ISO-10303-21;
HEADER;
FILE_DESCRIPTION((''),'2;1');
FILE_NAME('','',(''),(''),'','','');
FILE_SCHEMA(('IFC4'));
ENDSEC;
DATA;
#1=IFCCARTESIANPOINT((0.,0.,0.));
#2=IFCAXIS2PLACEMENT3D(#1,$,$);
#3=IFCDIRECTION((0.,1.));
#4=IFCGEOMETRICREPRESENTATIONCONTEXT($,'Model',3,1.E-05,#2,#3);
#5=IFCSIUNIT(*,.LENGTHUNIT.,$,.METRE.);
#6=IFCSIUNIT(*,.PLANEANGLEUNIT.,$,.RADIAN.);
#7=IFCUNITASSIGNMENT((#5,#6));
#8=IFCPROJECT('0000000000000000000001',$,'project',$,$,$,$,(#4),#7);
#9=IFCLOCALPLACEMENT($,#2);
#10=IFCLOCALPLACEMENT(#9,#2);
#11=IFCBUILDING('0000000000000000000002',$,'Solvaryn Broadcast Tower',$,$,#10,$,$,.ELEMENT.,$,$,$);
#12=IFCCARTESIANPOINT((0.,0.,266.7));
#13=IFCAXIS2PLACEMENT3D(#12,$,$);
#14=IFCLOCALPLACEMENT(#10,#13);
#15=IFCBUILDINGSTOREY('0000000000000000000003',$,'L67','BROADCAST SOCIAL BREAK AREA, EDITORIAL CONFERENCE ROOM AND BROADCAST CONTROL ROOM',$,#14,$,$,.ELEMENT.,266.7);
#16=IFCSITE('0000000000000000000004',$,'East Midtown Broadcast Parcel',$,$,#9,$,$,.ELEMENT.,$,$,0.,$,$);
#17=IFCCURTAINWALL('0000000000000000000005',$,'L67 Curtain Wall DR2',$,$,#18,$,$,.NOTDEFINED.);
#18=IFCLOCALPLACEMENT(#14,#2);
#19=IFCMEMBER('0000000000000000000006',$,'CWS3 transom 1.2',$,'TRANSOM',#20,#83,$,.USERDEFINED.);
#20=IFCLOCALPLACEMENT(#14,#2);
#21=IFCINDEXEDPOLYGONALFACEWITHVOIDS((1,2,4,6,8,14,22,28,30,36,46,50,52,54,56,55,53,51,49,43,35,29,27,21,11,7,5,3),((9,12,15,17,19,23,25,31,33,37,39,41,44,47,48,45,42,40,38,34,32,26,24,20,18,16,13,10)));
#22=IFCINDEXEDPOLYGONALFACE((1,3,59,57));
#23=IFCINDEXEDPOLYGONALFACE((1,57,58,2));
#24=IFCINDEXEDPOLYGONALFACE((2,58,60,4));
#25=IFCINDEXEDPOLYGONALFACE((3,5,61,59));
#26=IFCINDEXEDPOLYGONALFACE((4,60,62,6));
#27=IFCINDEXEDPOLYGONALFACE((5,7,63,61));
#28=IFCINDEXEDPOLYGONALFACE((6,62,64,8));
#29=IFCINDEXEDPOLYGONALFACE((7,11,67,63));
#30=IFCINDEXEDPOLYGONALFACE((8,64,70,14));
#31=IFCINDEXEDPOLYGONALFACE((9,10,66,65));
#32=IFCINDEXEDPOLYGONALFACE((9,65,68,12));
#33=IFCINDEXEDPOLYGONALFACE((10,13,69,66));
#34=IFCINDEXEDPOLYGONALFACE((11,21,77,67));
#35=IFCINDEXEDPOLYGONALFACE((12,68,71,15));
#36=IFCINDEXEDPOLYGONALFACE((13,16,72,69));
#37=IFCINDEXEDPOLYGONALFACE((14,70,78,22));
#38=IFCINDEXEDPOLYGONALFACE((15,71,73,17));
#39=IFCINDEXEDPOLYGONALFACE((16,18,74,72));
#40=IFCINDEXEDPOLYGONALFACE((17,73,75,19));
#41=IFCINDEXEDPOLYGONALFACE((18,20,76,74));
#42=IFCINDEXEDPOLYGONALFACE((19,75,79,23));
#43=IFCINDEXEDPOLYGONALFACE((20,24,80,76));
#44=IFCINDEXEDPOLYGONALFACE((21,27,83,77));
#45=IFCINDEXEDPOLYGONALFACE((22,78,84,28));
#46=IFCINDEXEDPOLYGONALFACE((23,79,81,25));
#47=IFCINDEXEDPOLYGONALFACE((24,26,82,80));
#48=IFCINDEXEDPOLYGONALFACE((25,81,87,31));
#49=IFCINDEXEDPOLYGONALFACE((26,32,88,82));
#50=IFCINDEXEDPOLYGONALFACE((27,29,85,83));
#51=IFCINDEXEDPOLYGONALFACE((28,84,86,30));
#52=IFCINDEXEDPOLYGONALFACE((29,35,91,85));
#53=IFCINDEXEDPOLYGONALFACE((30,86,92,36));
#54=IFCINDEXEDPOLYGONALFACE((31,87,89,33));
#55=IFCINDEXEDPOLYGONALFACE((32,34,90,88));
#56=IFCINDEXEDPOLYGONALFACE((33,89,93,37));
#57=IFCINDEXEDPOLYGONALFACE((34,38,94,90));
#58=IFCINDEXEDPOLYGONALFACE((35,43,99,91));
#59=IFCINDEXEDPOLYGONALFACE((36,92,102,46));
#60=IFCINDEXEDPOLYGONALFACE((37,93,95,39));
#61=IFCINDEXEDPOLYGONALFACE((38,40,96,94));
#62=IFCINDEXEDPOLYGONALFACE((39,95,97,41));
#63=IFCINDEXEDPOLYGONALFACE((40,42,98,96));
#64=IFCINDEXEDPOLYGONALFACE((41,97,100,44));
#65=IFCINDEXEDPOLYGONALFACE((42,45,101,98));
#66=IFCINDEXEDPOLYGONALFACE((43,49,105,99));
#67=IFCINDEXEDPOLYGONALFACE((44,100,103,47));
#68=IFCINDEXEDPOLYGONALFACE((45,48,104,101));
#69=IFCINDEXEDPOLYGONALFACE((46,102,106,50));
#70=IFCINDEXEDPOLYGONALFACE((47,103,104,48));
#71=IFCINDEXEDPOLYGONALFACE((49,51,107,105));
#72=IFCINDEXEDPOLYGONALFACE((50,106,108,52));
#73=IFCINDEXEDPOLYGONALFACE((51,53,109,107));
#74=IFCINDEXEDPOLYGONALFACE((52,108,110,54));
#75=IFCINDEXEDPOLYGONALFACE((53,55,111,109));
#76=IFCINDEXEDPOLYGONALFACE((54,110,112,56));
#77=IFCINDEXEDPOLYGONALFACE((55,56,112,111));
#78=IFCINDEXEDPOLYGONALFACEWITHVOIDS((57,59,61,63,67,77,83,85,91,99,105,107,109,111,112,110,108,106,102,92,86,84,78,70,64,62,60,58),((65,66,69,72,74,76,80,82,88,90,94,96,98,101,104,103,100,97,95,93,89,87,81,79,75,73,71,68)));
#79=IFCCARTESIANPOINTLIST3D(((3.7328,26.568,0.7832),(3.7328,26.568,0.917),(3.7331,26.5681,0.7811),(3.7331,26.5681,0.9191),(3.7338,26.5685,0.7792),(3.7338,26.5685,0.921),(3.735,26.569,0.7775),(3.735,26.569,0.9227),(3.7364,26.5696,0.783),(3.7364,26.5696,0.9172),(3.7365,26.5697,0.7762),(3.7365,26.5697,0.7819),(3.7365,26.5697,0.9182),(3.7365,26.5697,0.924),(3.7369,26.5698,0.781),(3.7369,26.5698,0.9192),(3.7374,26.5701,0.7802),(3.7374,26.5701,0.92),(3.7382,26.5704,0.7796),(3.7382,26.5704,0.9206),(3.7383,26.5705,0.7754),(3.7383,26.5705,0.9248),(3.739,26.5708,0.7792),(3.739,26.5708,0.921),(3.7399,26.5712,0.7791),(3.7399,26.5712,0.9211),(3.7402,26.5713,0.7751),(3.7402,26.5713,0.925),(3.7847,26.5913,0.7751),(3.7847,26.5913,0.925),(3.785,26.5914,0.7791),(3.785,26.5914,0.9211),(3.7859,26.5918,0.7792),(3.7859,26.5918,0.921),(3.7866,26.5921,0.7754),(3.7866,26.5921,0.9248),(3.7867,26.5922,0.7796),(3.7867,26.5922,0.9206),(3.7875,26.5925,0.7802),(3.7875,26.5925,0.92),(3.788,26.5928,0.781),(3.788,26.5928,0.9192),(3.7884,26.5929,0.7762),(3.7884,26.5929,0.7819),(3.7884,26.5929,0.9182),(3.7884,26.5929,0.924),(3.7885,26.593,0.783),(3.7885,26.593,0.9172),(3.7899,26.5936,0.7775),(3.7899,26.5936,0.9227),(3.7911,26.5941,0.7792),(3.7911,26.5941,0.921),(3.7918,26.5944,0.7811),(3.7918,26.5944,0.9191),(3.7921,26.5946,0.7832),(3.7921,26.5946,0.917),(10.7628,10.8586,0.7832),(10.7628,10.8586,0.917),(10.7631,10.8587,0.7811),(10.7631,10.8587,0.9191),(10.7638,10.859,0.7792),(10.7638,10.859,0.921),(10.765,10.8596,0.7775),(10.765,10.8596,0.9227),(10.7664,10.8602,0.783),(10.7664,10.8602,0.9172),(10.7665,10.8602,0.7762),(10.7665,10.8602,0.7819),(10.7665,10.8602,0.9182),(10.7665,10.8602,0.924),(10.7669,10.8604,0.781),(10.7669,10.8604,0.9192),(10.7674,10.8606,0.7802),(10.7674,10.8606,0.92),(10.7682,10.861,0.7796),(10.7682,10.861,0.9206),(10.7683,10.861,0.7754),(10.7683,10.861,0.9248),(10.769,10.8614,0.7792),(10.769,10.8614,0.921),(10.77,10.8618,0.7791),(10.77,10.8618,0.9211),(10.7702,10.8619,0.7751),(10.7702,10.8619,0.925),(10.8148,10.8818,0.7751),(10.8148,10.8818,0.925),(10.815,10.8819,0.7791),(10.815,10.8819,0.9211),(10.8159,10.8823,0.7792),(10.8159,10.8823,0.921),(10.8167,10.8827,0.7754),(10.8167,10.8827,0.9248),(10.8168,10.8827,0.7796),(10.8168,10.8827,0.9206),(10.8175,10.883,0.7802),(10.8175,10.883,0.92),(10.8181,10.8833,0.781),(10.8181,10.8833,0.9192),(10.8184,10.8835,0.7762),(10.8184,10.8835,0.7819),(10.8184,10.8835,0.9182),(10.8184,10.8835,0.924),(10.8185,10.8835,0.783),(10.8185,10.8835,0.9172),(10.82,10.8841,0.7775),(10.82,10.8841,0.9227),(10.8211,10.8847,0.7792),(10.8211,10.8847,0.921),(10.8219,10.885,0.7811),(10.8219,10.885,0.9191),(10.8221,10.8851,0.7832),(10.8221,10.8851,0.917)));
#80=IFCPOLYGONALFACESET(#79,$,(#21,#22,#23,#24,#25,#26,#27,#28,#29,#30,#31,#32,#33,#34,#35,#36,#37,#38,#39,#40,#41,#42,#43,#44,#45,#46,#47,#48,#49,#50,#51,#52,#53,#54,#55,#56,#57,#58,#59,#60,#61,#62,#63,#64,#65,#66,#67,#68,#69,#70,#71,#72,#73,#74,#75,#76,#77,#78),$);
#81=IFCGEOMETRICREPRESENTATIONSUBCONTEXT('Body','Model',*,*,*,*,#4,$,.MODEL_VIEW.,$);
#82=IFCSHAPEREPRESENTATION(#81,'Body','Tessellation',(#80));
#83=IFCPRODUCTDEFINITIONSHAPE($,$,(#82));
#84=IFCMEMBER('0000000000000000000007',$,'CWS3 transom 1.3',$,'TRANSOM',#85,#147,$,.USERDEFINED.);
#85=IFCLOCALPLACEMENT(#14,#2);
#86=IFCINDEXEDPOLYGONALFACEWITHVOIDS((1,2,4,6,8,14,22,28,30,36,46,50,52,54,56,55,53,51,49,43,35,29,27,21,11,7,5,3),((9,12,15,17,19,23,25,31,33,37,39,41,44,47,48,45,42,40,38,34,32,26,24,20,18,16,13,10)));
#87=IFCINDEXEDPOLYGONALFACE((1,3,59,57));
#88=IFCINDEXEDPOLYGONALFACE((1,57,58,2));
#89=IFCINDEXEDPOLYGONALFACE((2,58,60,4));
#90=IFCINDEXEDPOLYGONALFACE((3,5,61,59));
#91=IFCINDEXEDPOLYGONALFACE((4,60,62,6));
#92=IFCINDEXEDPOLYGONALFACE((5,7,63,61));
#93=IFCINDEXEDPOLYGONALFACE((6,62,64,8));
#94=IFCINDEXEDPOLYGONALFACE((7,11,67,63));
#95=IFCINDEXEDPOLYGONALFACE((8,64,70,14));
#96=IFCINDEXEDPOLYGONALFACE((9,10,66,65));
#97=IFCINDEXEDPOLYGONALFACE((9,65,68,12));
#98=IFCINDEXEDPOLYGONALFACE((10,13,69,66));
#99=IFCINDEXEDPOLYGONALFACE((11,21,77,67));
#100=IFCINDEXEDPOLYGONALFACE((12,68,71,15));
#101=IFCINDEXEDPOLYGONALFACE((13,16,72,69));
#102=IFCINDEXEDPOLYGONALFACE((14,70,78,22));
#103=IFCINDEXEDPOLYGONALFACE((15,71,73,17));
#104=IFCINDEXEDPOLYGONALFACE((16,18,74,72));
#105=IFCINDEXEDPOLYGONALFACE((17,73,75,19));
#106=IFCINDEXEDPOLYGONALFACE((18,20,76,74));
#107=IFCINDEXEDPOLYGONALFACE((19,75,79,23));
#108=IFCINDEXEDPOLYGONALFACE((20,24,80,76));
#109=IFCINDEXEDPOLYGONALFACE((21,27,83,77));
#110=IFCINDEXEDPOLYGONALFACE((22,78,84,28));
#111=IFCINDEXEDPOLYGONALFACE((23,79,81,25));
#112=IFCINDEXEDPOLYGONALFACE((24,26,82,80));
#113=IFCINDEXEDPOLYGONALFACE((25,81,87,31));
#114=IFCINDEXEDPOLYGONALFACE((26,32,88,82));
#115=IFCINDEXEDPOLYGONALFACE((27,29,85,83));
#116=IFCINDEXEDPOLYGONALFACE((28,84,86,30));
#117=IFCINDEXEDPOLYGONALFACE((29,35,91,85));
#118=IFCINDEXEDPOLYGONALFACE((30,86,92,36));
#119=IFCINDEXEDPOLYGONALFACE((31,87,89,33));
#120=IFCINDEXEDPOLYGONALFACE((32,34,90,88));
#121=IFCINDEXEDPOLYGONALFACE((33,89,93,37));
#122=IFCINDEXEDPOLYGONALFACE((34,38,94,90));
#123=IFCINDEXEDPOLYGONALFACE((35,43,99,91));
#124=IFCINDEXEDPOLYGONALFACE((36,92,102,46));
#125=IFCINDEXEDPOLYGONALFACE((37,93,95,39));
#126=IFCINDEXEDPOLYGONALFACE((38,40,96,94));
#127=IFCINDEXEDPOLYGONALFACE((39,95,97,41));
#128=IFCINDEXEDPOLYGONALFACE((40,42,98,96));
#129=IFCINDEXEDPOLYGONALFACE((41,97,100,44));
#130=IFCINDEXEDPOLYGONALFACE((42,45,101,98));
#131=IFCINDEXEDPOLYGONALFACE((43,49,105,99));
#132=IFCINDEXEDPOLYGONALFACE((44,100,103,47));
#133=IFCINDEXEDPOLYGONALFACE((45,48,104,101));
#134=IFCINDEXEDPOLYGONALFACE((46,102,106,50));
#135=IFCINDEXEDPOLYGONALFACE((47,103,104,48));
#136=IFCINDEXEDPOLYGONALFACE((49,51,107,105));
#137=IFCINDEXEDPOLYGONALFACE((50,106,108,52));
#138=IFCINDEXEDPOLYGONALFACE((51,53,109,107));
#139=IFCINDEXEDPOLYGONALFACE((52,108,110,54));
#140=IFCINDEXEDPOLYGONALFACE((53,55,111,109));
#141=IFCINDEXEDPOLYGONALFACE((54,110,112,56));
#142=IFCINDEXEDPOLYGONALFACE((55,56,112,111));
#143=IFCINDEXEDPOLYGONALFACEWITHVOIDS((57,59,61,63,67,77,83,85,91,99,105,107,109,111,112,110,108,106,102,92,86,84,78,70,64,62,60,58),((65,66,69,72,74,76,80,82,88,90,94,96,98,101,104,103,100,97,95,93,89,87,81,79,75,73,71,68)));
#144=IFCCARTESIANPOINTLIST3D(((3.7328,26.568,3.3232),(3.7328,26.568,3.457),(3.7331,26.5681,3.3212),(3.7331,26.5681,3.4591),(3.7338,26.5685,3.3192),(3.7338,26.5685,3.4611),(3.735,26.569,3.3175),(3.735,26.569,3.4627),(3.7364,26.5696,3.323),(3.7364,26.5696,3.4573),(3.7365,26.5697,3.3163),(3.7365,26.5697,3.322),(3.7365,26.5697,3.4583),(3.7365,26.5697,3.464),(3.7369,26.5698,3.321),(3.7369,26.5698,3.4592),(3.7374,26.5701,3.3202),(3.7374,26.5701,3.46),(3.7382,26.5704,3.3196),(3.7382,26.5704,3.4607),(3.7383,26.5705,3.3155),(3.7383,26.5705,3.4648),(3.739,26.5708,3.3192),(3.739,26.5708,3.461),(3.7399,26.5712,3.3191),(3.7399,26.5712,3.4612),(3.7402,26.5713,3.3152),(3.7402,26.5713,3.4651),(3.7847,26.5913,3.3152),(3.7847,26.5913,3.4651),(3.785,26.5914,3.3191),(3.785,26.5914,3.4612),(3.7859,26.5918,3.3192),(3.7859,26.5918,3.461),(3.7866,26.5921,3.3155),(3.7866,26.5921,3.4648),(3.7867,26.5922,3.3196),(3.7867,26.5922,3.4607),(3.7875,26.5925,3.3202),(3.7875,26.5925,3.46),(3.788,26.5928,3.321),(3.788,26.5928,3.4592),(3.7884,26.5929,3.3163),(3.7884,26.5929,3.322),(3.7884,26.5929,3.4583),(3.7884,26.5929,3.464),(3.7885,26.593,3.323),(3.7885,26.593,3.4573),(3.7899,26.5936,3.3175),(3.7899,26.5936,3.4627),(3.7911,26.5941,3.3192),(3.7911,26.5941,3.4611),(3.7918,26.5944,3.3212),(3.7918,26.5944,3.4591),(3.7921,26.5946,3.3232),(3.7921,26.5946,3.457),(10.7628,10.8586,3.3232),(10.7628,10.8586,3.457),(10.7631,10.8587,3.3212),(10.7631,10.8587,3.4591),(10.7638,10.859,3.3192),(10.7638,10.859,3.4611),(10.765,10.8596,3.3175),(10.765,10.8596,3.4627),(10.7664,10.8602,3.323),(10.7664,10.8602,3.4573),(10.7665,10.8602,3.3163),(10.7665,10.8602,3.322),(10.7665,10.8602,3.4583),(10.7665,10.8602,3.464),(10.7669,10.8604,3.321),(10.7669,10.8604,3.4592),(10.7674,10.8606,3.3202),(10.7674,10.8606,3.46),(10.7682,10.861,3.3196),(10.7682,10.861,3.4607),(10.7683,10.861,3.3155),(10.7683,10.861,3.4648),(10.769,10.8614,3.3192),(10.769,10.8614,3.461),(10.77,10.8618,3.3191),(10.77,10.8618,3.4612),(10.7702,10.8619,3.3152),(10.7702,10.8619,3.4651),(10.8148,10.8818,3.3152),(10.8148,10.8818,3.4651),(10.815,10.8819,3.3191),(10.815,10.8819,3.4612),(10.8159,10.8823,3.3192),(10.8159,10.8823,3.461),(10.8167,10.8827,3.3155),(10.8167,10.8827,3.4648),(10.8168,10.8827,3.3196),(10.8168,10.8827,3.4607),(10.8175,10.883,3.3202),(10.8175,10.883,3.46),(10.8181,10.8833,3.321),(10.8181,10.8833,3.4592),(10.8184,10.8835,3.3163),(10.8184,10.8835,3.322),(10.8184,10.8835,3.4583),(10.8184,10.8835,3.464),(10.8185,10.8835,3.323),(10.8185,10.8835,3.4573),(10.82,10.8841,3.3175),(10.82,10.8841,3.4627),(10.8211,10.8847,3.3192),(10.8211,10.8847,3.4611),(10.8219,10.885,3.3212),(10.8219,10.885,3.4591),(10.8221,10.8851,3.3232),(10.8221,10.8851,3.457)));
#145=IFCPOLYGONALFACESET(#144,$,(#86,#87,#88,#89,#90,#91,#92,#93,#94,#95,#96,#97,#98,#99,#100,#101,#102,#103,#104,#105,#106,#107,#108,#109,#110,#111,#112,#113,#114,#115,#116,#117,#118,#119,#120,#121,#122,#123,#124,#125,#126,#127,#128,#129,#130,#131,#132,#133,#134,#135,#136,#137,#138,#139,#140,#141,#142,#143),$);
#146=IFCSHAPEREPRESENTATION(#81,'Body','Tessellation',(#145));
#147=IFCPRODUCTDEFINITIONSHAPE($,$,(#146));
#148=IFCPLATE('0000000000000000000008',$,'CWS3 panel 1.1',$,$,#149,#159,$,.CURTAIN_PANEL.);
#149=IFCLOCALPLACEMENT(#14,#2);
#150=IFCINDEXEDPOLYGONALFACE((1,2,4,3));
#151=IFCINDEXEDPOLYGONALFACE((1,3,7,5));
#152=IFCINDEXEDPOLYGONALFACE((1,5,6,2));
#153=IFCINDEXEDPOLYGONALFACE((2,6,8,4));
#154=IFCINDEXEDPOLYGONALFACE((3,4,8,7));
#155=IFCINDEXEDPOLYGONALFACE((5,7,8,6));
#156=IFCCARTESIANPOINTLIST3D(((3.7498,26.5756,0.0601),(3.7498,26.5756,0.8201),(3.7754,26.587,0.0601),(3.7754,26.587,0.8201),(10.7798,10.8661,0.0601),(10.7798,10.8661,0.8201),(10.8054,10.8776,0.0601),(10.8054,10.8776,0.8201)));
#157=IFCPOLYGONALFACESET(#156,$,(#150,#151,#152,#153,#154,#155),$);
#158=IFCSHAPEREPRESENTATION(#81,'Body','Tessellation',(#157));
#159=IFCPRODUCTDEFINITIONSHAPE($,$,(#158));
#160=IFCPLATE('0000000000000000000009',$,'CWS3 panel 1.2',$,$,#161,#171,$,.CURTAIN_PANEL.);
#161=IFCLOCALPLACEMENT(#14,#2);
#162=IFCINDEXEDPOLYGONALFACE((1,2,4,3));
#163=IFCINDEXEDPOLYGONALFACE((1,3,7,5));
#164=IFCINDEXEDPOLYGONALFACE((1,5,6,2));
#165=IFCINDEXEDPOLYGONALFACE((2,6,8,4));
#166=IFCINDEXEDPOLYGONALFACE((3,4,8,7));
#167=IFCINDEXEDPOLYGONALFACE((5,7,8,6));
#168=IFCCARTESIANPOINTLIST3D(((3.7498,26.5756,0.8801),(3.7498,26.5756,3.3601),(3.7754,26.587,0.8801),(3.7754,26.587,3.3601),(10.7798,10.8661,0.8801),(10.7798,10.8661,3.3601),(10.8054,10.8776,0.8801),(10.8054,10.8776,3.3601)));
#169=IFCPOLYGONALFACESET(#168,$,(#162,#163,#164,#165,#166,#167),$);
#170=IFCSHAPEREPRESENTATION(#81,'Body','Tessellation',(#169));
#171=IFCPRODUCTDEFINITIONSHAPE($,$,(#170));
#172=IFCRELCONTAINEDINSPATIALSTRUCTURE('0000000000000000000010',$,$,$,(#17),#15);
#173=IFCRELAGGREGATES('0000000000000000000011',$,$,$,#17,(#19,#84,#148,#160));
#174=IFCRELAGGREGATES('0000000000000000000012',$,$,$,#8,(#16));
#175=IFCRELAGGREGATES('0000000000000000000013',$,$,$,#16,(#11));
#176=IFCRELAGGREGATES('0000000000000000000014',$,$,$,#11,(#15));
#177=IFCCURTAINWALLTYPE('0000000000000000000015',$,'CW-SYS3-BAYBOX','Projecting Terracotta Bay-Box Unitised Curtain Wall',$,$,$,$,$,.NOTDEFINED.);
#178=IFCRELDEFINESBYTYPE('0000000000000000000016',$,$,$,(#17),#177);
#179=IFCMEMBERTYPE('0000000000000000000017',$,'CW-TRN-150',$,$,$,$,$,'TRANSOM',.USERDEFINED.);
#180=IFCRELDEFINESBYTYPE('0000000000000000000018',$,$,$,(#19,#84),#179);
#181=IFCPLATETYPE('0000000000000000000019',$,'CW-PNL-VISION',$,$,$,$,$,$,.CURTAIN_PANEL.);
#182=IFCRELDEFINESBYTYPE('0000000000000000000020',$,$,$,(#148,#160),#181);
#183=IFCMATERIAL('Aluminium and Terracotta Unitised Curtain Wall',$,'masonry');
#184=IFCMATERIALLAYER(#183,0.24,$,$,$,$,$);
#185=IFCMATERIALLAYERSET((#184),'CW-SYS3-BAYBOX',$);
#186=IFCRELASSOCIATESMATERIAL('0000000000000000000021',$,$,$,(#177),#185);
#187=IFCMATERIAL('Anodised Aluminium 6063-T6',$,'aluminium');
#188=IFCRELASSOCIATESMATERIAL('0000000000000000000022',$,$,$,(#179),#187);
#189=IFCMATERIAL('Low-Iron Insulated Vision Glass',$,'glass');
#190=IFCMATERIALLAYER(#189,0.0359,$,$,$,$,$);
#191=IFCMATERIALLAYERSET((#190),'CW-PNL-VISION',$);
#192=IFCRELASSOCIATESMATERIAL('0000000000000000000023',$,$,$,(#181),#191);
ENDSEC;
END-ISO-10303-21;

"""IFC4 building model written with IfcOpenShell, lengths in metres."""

from ifc_helpers import new_model, si_unit, direction, frame, origin, origin_2d, place, context, subcontext, project, spatial, rectangle, hollow_rectangle, extrude, material, layer, layer_set, material_profile, profile_set, type_object, element, aggregate, save


model = new_model("IFC4")

# Units and contexts
model_context = context("Model", 3, precision=1e-05, world=origin(), true_north=direction((0.0, 1.0)))
body_context = subcontext(model_context, "Body", "Model", "MODEL_VIEW")
ifc_project = project(units=[si_unit("LENGTHUNIT", "METRE"), si_unit("PLANEANGLEUNIT", "RADIAN")], contexts=[model_context])

# Site, building, storey
site_placement = place(None, origin())
site = spatial("IfcSite", under=ifc_project, at=site_placement, Name="East Midtown Broadcast Parcel", CompositionType="ELEMENT", RefElevation=0.0)
building_placement = place(site_placement, origin())
building = spatial("IfcBuilding", under=site, at=building_placement, Name="Solvaryn Broadcast Tower", CompositionType="ELEMENT")
storey_placement = place(building_placement, frame((0.0, 0.0, 266.7)))
storey = spatial("IfcBuildingStorey", under=building, at=storey_placement, Name="L67", Description="BROADCAST SOCIAL BREAK AREA, EDITORIAL CONFERENCE ROOM AND BROADCAST CONTROL ROOM", CompositionType="ELEMENT", Elevation=266.7)

# Curtain wall, members, plates
ifc_material_1 = material(Name="Aluminium and Terracotta Unitised Curtain Wall", Category="masonry")
ifc_layer_1 = layer(ifc_material_1, 0.24)
ifc_layer_set_1 = layer_set([ifc_layer_1], Name="CW-SYS3-BAYBOX")
curtain_wall_type_1 = type_object("IfcCurtainWallType", Name="CW-SYS3-BAYBOX", Description="Projecting Terracotta Bay-Box Unitised Curtain Wall", PredefinedType="NOTDEFINED", material=ifc_layer_set_1)
curtain_wall_1_placement = place(storey_placement, origin())
curtain_wall_1 = element("IfcCurtainWall", 1, at=curtain_wall_1_placement, inside=storey, type_object=curtain_wall_type_1, Name="L67 Curtain Wall DR2", PredefinedType="NOTDEFINED")
ifc_material_2 = material(Name="Anodised Aluminium 6063-T6", Category="aluminium")
ifc_material_profile_1 = material_profile(ifc_material_2, hollow_rectangle(XDim=0.0649, YDim=0.1499, WallThickness=0.0039, InnerFilletRadius=0.0039, OuterFilletRadius=0.0081, at=origin_2d()))
ifc_profile_set_1 = profile_set([ifc_material_profile_1], Name="Anodised Aluminium 6063-T6")
member_type_1 = type_object("IfcMemberType", Name="CW-TRN-150", ElementType="TRANSOM", PredefinedType="USERDEFINED", material=ifc_profile_set_1)
member_1_placement = place(storey_placement, frame((3.7625, 26.5813, 0.8501), z_axis=(0.408468, -0.912773, 0.0), x_axis=(0.912773, 0.408468, 0.0)))
member_1 = element("IfcMember", 2, at=member_1_placement, type_object=member_type_1, Name="CWS3 transom 1.2", ObjectType="TRANSOM", PredefinedType="USERDEFINED", context=body_context, shape_type="SweptSolid", body=[
    extrude(hollow_rectangle(XDim=0.0649, YDim=0.1499, WallThickness=0.0039, InnerFilletRadius=0.0039, OuterFilletRadius=0.0081, at=origin_2d()), origin(), (0.0, 0.0, 1.0), 17.2107),
])
member_2_placement = place(storey_placement, frame((3.7625, 26.5813, 3.3901), z_axis=(0.408468, -0.912773, 0.0), x_axis=(0.912773, 0.408468, 0.0)))
member_2 = element("IfcMember", 3, at=member_2_placement, type_object=member_type_1, Name="CWS3 transom 1.3", ObjectType="TRANSOM", PredefinedType="USERDEFINED", context=body_context, shape_type="SweptSolid", body=[
    extrude(hollow_rectangle(XDim=0.0649, YDim=0.1499, WallThickness=0.0039, InnerFilletRadius=0.0039, OuterFilletRadius=0.0081, at=origin_2d()), origin(), (0.0, 0.0, 1.0), 17.2107),
])
ifc_material_3 = material(Name="Low-Iron Insulated Vision Glass", Category="glass")
ifc_layer_2 = layer(ifc_material_3, 0.0359)
ifc_layer_set_2 = layer_set([ifc_layer_2], Name="CW-PNL-VISION")
plate_type = type_object("IfcPlateType", Name="CW-PNL-VISION", PredefinedType="CURTAIN_PANEL", material=ifc_layer_set_2)
plate_1_placement = place(storey_placement, frame((7.2776, 18.7266, 0.0601), z_axis=(0.0, 0.0, 1.0), x_axis=(0.408466, -0.912774, 0.0)))
plate_1 = element("IfcPlate", 4, at=plate_1_placement, type_object=plate_type, Name="CWS3 panel 1.1", PredefinedType="CURTAIN_PANEL", context=body_context, shape_type="SweptSolid", body=[
    extrude(rectangle(XDim=17.2107, YDim=0.0281, at=origin_2d()), origin(), (0.0, 0.0, 1.0), 0.76),
])
plate_2_placement = place(storey_placement, frame((7.2776, 18.7266, 0.8801), z_axis=(0.0, 0.0, 1.0), x_axis=(0.408466, -0.912774, 0.0)))
plate_2 = element("IfcPlate", 5, at=plate_2_placement, type_object=plate_type, Name="CWS3 panel 1.2", PredefinedType="CURTAIN_PANEL", context=body_context, shape_type="SweptSolid", body=[
    extrude(rectangle(XDim=17.2107, YDim=0.0281, at=origin_2d()), origin(), (0.0, 0.0, 1.0), 2.48),
])
aggregate(curtain_wall_1, [member_1, member_2, plate_1, plate_2])

save(model, "model.ifc")
